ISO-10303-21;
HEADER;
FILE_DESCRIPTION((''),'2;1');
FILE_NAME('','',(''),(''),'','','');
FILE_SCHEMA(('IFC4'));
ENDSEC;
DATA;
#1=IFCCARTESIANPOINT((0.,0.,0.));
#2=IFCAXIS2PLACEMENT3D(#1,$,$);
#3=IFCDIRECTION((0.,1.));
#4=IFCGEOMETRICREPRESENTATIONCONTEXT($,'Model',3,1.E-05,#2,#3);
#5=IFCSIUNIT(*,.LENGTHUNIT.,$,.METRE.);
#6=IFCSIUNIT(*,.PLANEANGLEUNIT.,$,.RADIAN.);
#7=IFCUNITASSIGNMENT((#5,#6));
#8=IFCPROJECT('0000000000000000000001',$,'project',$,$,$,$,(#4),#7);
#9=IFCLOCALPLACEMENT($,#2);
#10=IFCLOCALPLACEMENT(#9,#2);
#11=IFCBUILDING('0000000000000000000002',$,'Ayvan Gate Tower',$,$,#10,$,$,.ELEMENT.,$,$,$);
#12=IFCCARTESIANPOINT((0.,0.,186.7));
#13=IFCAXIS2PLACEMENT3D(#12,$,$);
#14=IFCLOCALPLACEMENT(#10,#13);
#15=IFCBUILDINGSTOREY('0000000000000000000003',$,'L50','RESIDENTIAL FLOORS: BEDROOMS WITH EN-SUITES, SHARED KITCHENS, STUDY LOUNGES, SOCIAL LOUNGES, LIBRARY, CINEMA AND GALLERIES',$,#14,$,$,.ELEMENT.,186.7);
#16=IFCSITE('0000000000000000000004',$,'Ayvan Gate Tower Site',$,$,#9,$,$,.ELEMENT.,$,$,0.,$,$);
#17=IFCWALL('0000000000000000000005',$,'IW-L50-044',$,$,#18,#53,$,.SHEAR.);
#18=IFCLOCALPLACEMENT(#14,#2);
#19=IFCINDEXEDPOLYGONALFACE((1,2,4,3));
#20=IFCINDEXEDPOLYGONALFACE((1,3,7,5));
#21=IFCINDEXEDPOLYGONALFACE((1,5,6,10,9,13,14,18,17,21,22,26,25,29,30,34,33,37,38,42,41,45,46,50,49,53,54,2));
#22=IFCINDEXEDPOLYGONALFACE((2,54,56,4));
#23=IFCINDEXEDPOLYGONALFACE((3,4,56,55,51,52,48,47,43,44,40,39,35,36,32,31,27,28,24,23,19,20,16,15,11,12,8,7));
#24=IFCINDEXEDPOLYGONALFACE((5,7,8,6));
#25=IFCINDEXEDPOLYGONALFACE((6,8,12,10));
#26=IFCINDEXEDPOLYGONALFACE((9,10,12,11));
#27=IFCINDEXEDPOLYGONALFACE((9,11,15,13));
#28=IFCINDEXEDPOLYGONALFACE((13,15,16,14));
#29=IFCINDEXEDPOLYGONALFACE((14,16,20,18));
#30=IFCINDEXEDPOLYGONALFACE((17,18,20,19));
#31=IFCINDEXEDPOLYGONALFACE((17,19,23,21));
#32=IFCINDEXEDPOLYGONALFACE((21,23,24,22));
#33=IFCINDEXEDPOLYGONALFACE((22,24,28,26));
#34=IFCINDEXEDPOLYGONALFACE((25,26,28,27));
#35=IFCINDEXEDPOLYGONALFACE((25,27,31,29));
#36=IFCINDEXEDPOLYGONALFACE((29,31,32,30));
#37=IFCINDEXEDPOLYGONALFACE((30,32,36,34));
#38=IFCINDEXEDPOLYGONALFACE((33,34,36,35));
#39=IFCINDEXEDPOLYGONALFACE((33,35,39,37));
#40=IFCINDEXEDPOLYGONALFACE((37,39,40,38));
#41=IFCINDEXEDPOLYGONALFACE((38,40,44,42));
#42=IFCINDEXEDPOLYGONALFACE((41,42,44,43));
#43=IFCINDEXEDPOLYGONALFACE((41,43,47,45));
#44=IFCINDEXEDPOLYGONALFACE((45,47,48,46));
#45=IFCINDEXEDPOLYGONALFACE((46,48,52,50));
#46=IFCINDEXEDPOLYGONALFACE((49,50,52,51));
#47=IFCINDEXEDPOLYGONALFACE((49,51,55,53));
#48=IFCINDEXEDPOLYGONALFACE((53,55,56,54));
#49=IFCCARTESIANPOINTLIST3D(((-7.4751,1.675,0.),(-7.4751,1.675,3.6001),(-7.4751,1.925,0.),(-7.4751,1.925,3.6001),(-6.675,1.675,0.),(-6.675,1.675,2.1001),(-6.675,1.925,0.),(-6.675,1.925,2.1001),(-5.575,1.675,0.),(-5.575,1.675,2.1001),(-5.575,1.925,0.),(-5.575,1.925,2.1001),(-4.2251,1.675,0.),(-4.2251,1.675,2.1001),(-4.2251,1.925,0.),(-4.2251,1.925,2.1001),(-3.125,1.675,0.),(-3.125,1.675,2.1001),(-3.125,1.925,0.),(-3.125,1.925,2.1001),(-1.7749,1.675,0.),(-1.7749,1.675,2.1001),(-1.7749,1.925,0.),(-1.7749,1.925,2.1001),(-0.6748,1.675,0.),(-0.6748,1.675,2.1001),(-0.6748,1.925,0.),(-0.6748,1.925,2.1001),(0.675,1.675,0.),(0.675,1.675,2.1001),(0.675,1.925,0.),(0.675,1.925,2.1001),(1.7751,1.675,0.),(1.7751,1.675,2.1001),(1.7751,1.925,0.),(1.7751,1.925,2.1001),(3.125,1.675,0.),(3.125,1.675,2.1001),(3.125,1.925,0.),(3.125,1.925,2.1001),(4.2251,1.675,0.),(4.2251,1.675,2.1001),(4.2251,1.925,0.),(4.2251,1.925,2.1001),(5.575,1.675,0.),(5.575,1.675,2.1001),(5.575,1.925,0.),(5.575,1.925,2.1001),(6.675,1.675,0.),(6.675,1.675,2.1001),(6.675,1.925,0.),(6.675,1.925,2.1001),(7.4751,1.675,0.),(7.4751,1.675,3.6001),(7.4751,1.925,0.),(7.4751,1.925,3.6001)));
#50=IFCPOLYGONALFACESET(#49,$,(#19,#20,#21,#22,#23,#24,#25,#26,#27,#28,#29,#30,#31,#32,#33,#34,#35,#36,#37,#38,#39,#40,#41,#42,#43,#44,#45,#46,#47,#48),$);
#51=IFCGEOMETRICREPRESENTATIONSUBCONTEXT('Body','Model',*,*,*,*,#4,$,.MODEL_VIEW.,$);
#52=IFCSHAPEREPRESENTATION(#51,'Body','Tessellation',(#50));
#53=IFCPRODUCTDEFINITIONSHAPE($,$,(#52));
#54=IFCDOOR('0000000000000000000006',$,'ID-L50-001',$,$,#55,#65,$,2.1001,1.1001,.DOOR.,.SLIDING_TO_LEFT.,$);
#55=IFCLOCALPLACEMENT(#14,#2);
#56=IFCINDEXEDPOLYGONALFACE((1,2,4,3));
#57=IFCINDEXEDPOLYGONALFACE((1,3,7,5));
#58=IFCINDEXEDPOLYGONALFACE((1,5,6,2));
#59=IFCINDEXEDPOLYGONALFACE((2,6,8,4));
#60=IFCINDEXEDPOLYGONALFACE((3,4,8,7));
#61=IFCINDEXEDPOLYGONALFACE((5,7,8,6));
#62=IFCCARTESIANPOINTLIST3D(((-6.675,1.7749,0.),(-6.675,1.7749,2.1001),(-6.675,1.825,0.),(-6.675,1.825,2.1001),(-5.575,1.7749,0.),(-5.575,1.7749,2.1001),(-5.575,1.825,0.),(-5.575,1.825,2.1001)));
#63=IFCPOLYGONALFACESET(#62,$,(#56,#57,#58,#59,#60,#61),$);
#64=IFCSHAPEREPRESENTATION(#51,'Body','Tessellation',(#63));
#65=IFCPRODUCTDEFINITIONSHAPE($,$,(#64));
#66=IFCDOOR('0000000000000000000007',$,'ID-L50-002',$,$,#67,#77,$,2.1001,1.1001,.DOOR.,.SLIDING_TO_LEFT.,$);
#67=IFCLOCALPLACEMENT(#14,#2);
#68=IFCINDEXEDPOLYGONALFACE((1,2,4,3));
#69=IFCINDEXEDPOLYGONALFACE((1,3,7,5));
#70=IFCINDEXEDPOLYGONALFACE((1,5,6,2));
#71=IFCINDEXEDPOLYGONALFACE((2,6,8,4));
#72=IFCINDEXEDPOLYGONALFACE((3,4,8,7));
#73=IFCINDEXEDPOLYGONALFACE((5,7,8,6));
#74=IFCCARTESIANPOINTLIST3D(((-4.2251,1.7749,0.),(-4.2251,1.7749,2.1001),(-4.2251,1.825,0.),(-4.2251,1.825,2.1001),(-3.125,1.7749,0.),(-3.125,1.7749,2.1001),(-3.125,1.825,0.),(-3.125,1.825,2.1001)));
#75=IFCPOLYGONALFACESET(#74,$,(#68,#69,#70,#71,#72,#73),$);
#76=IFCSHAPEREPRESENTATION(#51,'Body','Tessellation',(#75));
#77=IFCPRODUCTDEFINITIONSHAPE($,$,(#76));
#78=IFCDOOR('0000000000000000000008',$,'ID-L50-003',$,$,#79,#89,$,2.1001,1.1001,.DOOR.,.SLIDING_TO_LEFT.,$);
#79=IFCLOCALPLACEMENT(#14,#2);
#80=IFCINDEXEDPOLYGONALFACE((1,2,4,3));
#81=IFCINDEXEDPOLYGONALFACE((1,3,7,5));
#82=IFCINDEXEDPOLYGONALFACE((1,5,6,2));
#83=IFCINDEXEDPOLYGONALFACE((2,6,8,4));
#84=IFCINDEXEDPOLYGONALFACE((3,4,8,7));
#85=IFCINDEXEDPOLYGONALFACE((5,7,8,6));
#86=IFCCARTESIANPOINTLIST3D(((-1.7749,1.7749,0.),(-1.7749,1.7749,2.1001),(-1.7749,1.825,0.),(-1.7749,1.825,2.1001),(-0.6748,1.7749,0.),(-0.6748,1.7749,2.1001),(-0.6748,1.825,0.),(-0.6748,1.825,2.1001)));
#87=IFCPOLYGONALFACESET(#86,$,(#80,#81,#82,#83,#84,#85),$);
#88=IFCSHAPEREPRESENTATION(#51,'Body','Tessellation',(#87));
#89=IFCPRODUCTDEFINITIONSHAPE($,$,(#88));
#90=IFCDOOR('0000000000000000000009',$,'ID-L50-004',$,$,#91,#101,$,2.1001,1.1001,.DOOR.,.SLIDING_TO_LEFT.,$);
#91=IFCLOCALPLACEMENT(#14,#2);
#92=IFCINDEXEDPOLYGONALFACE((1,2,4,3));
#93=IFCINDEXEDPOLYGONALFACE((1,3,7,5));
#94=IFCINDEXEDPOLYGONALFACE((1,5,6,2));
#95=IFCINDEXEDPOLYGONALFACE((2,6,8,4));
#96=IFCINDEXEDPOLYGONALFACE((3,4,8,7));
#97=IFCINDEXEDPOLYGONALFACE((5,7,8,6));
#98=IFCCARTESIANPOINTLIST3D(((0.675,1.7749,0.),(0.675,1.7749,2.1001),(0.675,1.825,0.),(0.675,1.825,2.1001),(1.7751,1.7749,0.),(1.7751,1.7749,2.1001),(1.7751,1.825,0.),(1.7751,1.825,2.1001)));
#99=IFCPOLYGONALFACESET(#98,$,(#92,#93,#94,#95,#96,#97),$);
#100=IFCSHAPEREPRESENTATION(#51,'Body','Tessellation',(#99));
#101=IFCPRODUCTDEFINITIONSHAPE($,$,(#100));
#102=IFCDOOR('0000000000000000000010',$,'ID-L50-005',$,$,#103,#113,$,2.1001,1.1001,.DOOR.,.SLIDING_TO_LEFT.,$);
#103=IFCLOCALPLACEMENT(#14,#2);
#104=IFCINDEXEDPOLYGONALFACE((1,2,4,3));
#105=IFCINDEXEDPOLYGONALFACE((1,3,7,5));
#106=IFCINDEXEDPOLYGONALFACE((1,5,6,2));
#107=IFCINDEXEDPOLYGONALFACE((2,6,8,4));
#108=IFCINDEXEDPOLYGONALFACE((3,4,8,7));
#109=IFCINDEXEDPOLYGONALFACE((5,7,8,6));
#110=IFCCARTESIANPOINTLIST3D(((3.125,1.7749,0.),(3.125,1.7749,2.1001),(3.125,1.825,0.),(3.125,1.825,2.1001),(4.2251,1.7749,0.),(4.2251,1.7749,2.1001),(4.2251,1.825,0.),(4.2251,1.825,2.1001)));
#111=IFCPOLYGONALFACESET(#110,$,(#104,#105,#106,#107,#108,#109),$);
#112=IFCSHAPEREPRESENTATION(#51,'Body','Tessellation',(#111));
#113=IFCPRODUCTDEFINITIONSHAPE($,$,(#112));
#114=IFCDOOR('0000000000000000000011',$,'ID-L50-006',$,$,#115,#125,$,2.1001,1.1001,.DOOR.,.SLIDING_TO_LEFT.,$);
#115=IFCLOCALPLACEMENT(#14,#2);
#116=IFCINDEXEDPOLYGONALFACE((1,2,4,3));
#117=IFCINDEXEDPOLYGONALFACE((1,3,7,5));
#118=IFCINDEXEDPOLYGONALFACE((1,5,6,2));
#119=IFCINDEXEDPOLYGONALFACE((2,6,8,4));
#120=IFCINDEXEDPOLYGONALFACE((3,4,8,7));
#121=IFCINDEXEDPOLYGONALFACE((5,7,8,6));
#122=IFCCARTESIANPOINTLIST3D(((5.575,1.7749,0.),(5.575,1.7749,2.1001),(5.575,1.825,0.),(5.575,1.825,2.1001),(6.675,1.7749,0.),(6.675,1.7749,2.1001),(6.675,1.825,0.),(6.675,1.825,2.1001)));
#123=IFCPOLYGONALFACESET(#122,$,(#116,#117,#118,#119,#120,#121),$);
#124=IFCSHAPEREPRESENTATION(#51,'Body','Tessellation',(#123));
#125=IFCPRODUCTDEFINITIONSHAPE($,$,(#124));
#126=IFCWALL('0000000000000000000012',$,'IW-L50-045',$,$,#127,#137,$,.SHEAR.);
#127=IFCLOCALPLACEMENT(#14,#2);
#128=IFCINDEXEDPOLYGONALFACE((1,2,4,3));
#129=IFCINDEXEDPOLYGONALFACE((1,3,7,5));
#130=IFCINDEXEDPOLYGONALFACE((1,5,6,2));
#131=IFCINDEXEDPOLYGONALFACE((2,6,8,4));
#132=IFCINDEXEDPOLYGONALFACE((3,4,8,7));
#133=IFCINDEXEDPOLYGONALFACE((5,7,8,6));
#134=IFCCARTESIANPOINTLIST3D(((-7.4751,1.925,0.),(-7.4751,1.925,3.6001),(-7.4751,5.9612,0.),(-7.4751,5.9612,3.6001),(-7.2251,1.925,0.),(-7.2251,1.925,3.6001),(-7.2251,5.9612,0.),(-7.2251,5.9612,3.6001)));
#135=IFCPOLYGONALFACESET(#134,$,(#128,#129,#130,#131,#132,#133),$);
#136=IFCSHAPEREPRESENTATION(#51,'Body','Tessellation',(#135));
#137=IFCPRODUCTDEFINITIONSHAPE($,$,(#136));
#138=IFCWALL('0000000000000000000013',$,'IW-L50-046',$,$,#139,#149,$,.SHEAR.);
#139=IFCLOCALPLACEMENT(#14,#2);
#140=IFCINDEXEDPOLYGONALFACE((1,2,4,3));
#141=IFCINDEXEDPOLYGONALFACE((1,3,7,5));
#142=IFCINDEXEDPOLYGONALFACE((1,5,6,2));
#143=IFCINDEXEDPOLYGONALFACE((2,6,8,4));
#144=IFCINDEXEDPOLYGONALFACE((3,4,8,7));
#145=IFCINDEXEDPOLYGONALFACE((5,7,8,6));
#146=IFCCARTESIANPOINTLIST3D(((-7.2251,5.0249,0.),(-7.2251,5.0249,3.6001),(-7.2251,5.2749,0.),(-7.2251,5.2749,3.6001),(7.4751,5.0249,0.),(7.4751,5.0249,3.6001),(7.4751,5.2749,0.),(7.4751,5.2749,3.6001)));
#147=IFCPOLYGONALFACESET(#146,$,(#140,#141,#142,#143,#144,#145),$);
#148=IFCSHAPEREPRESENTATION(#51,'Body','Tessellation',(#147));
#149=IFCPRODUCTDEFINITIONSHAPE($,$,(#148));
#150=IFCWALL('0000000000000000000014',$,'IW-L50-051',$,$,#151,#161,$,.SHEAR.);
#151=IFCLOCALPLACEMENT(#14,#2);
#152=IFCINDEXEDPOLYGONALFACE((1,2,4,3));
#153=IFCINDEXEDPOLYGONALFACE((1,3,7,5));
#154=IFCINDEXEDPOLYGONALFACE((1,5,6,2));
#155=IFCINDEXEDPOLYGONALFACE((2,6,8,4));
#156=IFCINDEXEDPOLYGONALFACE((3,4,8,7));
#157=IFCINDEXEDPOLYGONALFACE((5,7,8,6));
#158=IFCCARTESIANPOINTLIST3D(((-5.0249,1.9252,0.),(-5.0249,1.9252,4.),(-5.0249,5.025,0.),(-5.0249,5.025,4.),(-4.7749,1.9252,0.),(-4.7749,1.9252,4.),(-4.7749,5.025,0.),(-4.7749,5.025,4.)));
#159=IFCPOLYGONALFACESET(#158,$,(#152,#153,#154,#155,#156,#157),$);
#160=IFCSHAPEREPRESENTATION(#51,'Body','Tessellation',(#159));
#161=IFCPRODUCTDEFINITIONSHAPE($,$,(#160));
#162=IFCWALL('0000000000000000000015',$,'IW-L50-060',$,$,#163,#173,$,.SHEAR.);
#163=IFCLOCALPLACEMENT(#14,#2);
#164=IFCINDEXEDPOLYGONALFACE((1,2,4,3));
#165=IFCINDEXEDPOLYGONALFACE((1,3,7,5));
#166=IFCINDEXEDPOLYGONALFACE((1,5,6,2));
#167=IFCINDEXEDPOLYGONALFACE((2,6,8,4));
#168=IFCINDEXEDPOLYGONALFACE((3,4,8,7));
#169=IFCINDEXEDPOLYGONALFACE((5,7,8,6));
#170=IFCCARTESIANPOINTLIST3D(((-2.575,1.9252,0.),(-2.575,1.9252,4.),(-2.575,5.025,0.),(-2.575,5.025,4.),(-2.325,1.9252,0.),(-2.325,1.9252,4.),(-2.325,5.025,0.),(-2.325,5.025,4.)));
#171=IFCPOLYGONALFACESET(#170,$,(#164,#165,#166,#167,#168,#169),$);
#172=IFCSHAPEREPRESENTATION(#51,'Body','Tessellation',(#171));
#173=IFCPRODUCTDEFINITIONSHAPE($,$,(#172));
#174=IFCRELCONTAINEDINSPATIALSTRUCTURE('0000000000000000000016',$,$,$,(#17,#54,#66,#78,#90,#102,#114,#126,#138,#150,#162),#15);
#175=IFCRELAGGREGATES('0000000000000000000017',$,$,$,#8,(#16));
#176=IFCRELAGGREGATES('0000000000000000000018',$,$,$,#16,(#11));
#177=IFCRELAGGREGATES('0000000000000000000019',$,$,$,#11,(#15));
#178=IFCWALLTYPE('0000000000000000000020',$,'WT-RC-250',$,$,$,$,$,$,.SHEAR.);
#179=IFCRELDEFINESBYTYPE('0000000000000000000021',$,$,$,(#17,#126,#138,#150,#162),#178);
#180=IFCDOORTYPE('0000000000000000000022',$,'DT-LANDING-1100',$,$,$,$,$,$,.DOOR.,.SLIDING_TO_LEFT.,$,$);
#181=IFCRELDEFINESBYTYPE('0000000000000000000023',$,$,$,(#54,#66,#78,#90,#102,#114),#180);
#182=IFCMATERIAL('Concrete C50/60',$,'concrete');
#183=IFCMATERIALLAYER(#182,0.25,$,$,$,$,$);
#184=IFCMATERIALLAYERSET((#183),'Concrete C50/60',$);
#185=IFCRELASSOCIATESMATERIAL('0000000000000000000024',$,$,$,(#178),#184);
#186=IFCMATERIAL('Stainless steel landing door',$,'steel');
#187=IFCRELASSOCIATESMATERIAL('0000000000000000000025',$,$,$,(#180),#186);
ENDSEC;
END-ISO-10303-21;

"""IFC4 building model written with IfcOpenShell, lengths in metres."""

from ifc_helpers import new_model, si_unit, direction, frame, frame_2d, origin, place, context, subcontext, project, spatial, rectangle, extrude, material, layer, layer_set, type_object, element, fill, save


model = new_model("IFC4")

# Units and contexts
model_context = context("Model", 3, precision=1e-05, world=origin(), true_north=direction((0.0, 1.0)))
body_context = subcontext(model_context, "Body", "Model", "MODEL_VIEW")
ifc_project = project(units=[si_unit("LENGTHUNIT", "METRE"), si_unit("PLANEANGLEUNIT", "RADIAN")], contexts=[model_context])

# Site, building, storey
site_placement = place(None, origin())
site = spatial("IfcSite", under=ifc_project, at=site_placement, Name="Ayvan Gate Tower Site", CompositionType="ELEMENT", RefElevation=0.0)
building_placement = place(site_placement, origin())
building = spatial("IfcBuilding", under=site, at=building_placement, Name="Ayvan Gate Tower", CompositionType="ELEMENT")
storey_placement = place(building_placement, frame((0.0, 0.0, 186.7)))
storey = spatial("IfcBuildingStorey", under=building, at=storey_placement, Name="L50", Description="RESIDENTIAL FLOORS: BEDROOMS WITH EN-SUITES, SHARED KITCHENS, STUDY LOUNGES, SOCIAL LOUNGES, LIBRARY, CINEMA AND GALLERIES", CompositionType="ELEMENT", Elevation=186.7)

# Wall, openings, doors
ifc_material_1 = material(Name="Concrete C50/60", Category="concrete")
ifc_layer_1 = layer(ifc_material_1, 0.25)
ifc_layer_set_1 = layer_set([ifc_layer_1], Name="Concrete C50/60")
wall_type_1 = type_object("IfcWallType", Name="WT-RC-250", PredefinedType="SHEAR", material=ifc_layer_set_1)
wall_1_placement = place(storey_placement, frame((-7.4751, 1.8, 0.0), z_axis=(0.0, 0.0, 1.0), x_axis=(1.0, 0.0, 0.0)))
wall_1 = element("IfcWall", 1, at=wall_1_placement, inside=storey, type_object=wall_type_1, Name="IW-L50-044", PredefinedType="SHEAR", context=body_context, shape_type="SweptSolid", body=[
    extrude(rectangle(XDim=14.9502, YDim=0.25, at=frame_2d((7.4751, 0.0))), origin(), (0.0, 0.0, 1.0), 3.6001),
])
opening_1_placement = place(wall_1_placement, frame((0.8, 0.0, 0.0)))
opening_1 = element("IfcOpeningElement", 2, at=opening_1_placement, cuts=wall_1, PredefinedType="OPENING", context=body_context, shape_type="SweptSolid", body=[
    extrude(rectangle(XDim=1.1001, YDim=2.1001, at=frame_2d((0.55, 1.05))), frame((0.0, 0.135, 0.0), z_axis=(0.0, -1.0, 0.0), x_axis=(1.0, 0.0, 0.0)), (0.0, 0.0, 1.0), 0.27),
])
opening_2_placement = place(wall_1_placement, frame((3.25, 0.0, 0.0)))
opening_2 = element("IfcOpeningElement", 3, at=opening_2_placement, cuts=wall_1, PredefinedType="OPENING", context=body_context, shape_type="SweptSolid", body=[
    extrude(rectangle(XDim=1.1001, YDim=2.1001, at=frame_2d((0.55, 1.05))), frame((0.0, 0.135, 0.0), z_axis=(0.0, -1.0, 0.0), x_axis=(1.0, 0.0, 0.0)), (0.0, 0.0, 1.0), 0.27),
])
opening_3_placement = place(wall_1_placement, frame((5.7002, 0.0, 0.0)))
opening_3 = element("IfcOpeningElement", 4, at=opening_3_placement, cuts=wall_1, PredefinedType="OPENING", context=body_context, shape_type="SweptSolid", body=[
    extrude(rectangle(XDim=1.1001, YDim=2.1001, at=frame_2d((0.55, 1.05))), frame((0.0, 0.135, 0.0), z_axis=(0.0, -1.0, 0.0), x_axis=(1.0, 0.0, 0.0)), (0.0, 0.0, 1.0), 0.27),
])
opening_4_placement = place(wall_1_placement, frame((8.1501, 0.0, 0.0)))
opening_4 = element("IfcOpeningElement", 5, at=opening_4_placement, cuts=wall_1, PredefinedType="OPENING", context=body_context, shape_type="SweptSolid", body=[
    extrude(rectangle(XDim=1.1001, YDim=2.1001, at=frame_2d((0.55, 1.05))), frame((0.0, 0.135, 0.0), z_axis=(0.0, -1.0, 0.0), x_axis=(1.0, 0.0, 0.0)), (0.0, 0.0, 1.0), 0.27),
])
opening_5_placement = place(wall_1_placement, frame((10.6001, 0.0, 0.0)))
opening_5 = element("IfcOpeningElement", 6, at=opening_5_placement, cuts=wall_1, PredefinedType="OPENING", context=body_context, shape_type="SweptSolid", body=[
    extrude(rectangle(XDim=1.1001, YDim=2.1001, at=frame_2d((0.55, 1.05))), frame((0.0, 0.135, 0.0), z_axis=(0.0, -1.0, 0.0), x_axis=(1.0, 0.0, 0.0)), (0.0, 0.0, 1.0), 0.27),
])
opening_6_placement = place(wall_1_placement, frame((13.05, 0.0, 0.0)))
opening_6 = element("IfcOpeningElement", 7, at=opening_6_placement, cuts=wall_1, PredefinedType="OPENING", context=body_context, shape_type="SweptSolid", body=[
    extrude(rectangle(XDim=1.1001, YDim=2.1001, at=frame_2d((0.55, 1.05))), frame((0.0, 0.135, 0.0), z_axis=(0.0, -1.0, 0.0), x_axis=(1.0, 0.0, 0.0)), (0.0, 0.0, 1.0), 0.27),
])
ifc_material_2 = material(Name="Stainless steel landing door", Category="steel")
door_type_1 = type_object("IfcDoorType", Name="DT-LANDING-1100", OperationType="SLIDING_TO_LEFT", PredefinedType="DOOR", material=ifc_material_2)
door_1_placement = place(opening_1_placement, origin())
door_1 = element("IfcDoor", 8, at=door_1_placement, inside=storey, type_object=door_type_1, Name="ID-L50-001", OperationType="SLIDING_TO_LEFT", OverallHeight=2.1001, OverallWidth=1.1001, PredefinedType="DOOR", context=body_context, shape_type="SweptSolid", body=[
    extrude(rectangle(XDim=1.1001, YDim=2.1001, at=frame_2d((0.55, 1.05))), frame((0.0, 0.0249, 0.0), z_axis=(0.0, -1.0, 0.0), x_axis=(1.0, 0.0, 0.0)), (0.0, 0.0, 1.0), 0.05),
])
fill(opening_1, door_1)
door_2_placement = place(opening_2_placement, origin())
door_2 = element("IfcDoor", 9, at=door_2_placement, inside=storey, type_object=door_type_1, Name="ID-L50-002", OperationType="SLIDING_TO_LEFT", OverallHeight=2.1001, OverallWidth=1.1001, PredefinedType="DOOR", context=body_context, shape_type="SweptSolid", body=[
    extrude(rectangle(XDim=1.1001, YDim=2.1001, at=frame_2d((0.55, 1.05))), frame((0.0, 0.0249, 0.0), z_axis=(0.0, -1.0, 0.0), x_axis=(1.0, 0.0, 0.0)), (0.0, 0.0, 1.0), 0.05),
])
fill(opening_2, door_2)
door_3_placement = place(opening_3_placement, origin())
door_3 = element("IfcDoor", 10, at=door_3_placement, inside=storey, type_object=door_type_1, Name="ID-L50-003", OperationType="SLIDING_TO_LEFT", OverallHeight=2.1001, OverallWidth=1.1001, PredefinedType="DOOR", context=body_context, shape_type="SweptSolid", body=[
    extrude(rectangle(XDim=1.1001, YDim=2.1001, at=frame_2d((0.55, 1.05))), frame((0.0, 0.0249, 0.0), z_axis=(0.0, -1.0, 0.0), x_axis=(1.0, 0.0, 0.0)), (0.0, 0.0, 1.0), 0.05),
])
fill(opening_3, door_3)
door_4_placement = place(opening_4_placement, origin())
door_4 = element("IfcDoor", 11, at=door_4_placement, inside=storey, type_object=door_type_1, Name="ID-L50-004", OperationType="SLIDING_TO_LEFT", OverallHeight=2.1001, OverallWidth=1.1001, PredefinedType="DOOR", context=body_context, shape_type="SweptSolid", body=[
    extrude(rectangle(XDim=1.1001, YDim=2.1001, at=frame_2d((0.55, 1.05))), frame((0.0, 0.0249, 0.0), z_axis=(0.0, -1.0, 0.0), x_axis=(1.0, 0.0, 0.0)), (0.0, 0.0, 1.0), 0.05),
])
fill(opening_4, door_4)
door_5_placement = place(opening_5_placement, origin())
door_5 = element("IfcDoor", 12, at=door_5_placement, inside=storey, type_object=door_type_1, Name="ID-L50-005", OperationType="SLIDING_TO_LEFT", OverallHeight=2.1001, OverallWidth=1.1001, PredefinedType="DOOR", context=body_context, shape_type="SweptSolid", body=[
    extrude(rectangle(XDim=1.1001, YDim=2.1001, at=frame_2d((0.55, 1.05))), frame((0.0, 0.0249, 0.0), z_axis=(0.0, -1.0, 0.0), x_axis=(1.0, 0.0, 0.0)), (0.0, 0.0, 1.0), 0.05),
])
fill(opening_5, door_5)
door_6_placement = place(opening_6_placement, origin())
door_6 = element("IfcDoor", 13, at=door_6_placement, inside=storey, type_object=door_type_1, Name="ID-L50-006", OperationType="SLIDING_TO_LEFT", OverallHeight=2.1001, OverallWidth=1.1001, PredefinedType="DOOR", context=body_context, shape_type="SweptSolid", body=[
    extrude(rectangle(XDim=1.1001, YDim=2.1001, at=frame_2d((0.55, 1.05))), frame((0.0, 0.0249, 0.0), z_axis=(0.0, -1.0, 0.0), x_axis=(1.0, 0.0, 0.0)), (0.0, 0.0, 1.0), 0.05),
])
fill(opening_6, door_6)

# Walls
wall_2_placement = place(storey_placement, frame((-7.3501, 1.925, 0.0), z_axis=(0.0, 0.0, 1.0), x_axis=(0.0, 1.0, 0.0)))
element("IfcWall", 14, at=wall_2_placement, inside=storey, type_object=wall_type_1, Name="IW-L50-045", PredefinedType="SHEAR", context=body_context, shape_type="SweptSolid", body=[
    extrude(rectangle(XDim=4.0361, YDim=0.25, at=frame_2d((2.0181, 0.0))), origin(), (0.0, 0.0, 1.0), 3.6001),
])
wall_3_placement = place(storey_placement, frame((-7.2251, 5.1499, 0.0), z_axis=(0.0, 0.0, 1.0), x_axis=(1.0, 0.0, 0.0)))
element("IfcWall", 15, at=wall_3_placement, inside=storey, type_object=wall_type_1, Name="IW-L50-046", PredefinedType="SHEAR", context=body_context, shape_type="SweptSolid", body=[
    extrude(rectangle(XDim=14.7002, YDim=0.25, at=frame_2d((7.3501, 0.0))), origin(), (0.0, 0.0, 1.0), 3.6001),
])
for number, where, z_axis, x_axis, name in (
    (16, (-4.8999, 5.0249, 0.0), (0.0, 0.0, 1.0), (0.0, -1.0, 0.0), "IW-L50-051"),
    (17, (-2.45, 5.0249, 0.0), (0.0, 0.0, 1.0), (0.0, -1.0, 0.0), "IW-L50-060"),
):
    element("IfcWall", number, at=place(storey_placement, frame(where, z_axis=z_axis, x_axis=x_axis)), inside=storey, type_object=wall_type_1, Name=name, PredefinedType="SHEAR", context=body_context, shape_type="SweptSolid", body=[
        extrude(rectangle(XDim=3.0999, YDim=0.25, at=frame_2d((1.5498, 0.0))), origin(), (0.0, 0.0, 1.0), 4.0),
    ])

save(model, "model.ifc")
